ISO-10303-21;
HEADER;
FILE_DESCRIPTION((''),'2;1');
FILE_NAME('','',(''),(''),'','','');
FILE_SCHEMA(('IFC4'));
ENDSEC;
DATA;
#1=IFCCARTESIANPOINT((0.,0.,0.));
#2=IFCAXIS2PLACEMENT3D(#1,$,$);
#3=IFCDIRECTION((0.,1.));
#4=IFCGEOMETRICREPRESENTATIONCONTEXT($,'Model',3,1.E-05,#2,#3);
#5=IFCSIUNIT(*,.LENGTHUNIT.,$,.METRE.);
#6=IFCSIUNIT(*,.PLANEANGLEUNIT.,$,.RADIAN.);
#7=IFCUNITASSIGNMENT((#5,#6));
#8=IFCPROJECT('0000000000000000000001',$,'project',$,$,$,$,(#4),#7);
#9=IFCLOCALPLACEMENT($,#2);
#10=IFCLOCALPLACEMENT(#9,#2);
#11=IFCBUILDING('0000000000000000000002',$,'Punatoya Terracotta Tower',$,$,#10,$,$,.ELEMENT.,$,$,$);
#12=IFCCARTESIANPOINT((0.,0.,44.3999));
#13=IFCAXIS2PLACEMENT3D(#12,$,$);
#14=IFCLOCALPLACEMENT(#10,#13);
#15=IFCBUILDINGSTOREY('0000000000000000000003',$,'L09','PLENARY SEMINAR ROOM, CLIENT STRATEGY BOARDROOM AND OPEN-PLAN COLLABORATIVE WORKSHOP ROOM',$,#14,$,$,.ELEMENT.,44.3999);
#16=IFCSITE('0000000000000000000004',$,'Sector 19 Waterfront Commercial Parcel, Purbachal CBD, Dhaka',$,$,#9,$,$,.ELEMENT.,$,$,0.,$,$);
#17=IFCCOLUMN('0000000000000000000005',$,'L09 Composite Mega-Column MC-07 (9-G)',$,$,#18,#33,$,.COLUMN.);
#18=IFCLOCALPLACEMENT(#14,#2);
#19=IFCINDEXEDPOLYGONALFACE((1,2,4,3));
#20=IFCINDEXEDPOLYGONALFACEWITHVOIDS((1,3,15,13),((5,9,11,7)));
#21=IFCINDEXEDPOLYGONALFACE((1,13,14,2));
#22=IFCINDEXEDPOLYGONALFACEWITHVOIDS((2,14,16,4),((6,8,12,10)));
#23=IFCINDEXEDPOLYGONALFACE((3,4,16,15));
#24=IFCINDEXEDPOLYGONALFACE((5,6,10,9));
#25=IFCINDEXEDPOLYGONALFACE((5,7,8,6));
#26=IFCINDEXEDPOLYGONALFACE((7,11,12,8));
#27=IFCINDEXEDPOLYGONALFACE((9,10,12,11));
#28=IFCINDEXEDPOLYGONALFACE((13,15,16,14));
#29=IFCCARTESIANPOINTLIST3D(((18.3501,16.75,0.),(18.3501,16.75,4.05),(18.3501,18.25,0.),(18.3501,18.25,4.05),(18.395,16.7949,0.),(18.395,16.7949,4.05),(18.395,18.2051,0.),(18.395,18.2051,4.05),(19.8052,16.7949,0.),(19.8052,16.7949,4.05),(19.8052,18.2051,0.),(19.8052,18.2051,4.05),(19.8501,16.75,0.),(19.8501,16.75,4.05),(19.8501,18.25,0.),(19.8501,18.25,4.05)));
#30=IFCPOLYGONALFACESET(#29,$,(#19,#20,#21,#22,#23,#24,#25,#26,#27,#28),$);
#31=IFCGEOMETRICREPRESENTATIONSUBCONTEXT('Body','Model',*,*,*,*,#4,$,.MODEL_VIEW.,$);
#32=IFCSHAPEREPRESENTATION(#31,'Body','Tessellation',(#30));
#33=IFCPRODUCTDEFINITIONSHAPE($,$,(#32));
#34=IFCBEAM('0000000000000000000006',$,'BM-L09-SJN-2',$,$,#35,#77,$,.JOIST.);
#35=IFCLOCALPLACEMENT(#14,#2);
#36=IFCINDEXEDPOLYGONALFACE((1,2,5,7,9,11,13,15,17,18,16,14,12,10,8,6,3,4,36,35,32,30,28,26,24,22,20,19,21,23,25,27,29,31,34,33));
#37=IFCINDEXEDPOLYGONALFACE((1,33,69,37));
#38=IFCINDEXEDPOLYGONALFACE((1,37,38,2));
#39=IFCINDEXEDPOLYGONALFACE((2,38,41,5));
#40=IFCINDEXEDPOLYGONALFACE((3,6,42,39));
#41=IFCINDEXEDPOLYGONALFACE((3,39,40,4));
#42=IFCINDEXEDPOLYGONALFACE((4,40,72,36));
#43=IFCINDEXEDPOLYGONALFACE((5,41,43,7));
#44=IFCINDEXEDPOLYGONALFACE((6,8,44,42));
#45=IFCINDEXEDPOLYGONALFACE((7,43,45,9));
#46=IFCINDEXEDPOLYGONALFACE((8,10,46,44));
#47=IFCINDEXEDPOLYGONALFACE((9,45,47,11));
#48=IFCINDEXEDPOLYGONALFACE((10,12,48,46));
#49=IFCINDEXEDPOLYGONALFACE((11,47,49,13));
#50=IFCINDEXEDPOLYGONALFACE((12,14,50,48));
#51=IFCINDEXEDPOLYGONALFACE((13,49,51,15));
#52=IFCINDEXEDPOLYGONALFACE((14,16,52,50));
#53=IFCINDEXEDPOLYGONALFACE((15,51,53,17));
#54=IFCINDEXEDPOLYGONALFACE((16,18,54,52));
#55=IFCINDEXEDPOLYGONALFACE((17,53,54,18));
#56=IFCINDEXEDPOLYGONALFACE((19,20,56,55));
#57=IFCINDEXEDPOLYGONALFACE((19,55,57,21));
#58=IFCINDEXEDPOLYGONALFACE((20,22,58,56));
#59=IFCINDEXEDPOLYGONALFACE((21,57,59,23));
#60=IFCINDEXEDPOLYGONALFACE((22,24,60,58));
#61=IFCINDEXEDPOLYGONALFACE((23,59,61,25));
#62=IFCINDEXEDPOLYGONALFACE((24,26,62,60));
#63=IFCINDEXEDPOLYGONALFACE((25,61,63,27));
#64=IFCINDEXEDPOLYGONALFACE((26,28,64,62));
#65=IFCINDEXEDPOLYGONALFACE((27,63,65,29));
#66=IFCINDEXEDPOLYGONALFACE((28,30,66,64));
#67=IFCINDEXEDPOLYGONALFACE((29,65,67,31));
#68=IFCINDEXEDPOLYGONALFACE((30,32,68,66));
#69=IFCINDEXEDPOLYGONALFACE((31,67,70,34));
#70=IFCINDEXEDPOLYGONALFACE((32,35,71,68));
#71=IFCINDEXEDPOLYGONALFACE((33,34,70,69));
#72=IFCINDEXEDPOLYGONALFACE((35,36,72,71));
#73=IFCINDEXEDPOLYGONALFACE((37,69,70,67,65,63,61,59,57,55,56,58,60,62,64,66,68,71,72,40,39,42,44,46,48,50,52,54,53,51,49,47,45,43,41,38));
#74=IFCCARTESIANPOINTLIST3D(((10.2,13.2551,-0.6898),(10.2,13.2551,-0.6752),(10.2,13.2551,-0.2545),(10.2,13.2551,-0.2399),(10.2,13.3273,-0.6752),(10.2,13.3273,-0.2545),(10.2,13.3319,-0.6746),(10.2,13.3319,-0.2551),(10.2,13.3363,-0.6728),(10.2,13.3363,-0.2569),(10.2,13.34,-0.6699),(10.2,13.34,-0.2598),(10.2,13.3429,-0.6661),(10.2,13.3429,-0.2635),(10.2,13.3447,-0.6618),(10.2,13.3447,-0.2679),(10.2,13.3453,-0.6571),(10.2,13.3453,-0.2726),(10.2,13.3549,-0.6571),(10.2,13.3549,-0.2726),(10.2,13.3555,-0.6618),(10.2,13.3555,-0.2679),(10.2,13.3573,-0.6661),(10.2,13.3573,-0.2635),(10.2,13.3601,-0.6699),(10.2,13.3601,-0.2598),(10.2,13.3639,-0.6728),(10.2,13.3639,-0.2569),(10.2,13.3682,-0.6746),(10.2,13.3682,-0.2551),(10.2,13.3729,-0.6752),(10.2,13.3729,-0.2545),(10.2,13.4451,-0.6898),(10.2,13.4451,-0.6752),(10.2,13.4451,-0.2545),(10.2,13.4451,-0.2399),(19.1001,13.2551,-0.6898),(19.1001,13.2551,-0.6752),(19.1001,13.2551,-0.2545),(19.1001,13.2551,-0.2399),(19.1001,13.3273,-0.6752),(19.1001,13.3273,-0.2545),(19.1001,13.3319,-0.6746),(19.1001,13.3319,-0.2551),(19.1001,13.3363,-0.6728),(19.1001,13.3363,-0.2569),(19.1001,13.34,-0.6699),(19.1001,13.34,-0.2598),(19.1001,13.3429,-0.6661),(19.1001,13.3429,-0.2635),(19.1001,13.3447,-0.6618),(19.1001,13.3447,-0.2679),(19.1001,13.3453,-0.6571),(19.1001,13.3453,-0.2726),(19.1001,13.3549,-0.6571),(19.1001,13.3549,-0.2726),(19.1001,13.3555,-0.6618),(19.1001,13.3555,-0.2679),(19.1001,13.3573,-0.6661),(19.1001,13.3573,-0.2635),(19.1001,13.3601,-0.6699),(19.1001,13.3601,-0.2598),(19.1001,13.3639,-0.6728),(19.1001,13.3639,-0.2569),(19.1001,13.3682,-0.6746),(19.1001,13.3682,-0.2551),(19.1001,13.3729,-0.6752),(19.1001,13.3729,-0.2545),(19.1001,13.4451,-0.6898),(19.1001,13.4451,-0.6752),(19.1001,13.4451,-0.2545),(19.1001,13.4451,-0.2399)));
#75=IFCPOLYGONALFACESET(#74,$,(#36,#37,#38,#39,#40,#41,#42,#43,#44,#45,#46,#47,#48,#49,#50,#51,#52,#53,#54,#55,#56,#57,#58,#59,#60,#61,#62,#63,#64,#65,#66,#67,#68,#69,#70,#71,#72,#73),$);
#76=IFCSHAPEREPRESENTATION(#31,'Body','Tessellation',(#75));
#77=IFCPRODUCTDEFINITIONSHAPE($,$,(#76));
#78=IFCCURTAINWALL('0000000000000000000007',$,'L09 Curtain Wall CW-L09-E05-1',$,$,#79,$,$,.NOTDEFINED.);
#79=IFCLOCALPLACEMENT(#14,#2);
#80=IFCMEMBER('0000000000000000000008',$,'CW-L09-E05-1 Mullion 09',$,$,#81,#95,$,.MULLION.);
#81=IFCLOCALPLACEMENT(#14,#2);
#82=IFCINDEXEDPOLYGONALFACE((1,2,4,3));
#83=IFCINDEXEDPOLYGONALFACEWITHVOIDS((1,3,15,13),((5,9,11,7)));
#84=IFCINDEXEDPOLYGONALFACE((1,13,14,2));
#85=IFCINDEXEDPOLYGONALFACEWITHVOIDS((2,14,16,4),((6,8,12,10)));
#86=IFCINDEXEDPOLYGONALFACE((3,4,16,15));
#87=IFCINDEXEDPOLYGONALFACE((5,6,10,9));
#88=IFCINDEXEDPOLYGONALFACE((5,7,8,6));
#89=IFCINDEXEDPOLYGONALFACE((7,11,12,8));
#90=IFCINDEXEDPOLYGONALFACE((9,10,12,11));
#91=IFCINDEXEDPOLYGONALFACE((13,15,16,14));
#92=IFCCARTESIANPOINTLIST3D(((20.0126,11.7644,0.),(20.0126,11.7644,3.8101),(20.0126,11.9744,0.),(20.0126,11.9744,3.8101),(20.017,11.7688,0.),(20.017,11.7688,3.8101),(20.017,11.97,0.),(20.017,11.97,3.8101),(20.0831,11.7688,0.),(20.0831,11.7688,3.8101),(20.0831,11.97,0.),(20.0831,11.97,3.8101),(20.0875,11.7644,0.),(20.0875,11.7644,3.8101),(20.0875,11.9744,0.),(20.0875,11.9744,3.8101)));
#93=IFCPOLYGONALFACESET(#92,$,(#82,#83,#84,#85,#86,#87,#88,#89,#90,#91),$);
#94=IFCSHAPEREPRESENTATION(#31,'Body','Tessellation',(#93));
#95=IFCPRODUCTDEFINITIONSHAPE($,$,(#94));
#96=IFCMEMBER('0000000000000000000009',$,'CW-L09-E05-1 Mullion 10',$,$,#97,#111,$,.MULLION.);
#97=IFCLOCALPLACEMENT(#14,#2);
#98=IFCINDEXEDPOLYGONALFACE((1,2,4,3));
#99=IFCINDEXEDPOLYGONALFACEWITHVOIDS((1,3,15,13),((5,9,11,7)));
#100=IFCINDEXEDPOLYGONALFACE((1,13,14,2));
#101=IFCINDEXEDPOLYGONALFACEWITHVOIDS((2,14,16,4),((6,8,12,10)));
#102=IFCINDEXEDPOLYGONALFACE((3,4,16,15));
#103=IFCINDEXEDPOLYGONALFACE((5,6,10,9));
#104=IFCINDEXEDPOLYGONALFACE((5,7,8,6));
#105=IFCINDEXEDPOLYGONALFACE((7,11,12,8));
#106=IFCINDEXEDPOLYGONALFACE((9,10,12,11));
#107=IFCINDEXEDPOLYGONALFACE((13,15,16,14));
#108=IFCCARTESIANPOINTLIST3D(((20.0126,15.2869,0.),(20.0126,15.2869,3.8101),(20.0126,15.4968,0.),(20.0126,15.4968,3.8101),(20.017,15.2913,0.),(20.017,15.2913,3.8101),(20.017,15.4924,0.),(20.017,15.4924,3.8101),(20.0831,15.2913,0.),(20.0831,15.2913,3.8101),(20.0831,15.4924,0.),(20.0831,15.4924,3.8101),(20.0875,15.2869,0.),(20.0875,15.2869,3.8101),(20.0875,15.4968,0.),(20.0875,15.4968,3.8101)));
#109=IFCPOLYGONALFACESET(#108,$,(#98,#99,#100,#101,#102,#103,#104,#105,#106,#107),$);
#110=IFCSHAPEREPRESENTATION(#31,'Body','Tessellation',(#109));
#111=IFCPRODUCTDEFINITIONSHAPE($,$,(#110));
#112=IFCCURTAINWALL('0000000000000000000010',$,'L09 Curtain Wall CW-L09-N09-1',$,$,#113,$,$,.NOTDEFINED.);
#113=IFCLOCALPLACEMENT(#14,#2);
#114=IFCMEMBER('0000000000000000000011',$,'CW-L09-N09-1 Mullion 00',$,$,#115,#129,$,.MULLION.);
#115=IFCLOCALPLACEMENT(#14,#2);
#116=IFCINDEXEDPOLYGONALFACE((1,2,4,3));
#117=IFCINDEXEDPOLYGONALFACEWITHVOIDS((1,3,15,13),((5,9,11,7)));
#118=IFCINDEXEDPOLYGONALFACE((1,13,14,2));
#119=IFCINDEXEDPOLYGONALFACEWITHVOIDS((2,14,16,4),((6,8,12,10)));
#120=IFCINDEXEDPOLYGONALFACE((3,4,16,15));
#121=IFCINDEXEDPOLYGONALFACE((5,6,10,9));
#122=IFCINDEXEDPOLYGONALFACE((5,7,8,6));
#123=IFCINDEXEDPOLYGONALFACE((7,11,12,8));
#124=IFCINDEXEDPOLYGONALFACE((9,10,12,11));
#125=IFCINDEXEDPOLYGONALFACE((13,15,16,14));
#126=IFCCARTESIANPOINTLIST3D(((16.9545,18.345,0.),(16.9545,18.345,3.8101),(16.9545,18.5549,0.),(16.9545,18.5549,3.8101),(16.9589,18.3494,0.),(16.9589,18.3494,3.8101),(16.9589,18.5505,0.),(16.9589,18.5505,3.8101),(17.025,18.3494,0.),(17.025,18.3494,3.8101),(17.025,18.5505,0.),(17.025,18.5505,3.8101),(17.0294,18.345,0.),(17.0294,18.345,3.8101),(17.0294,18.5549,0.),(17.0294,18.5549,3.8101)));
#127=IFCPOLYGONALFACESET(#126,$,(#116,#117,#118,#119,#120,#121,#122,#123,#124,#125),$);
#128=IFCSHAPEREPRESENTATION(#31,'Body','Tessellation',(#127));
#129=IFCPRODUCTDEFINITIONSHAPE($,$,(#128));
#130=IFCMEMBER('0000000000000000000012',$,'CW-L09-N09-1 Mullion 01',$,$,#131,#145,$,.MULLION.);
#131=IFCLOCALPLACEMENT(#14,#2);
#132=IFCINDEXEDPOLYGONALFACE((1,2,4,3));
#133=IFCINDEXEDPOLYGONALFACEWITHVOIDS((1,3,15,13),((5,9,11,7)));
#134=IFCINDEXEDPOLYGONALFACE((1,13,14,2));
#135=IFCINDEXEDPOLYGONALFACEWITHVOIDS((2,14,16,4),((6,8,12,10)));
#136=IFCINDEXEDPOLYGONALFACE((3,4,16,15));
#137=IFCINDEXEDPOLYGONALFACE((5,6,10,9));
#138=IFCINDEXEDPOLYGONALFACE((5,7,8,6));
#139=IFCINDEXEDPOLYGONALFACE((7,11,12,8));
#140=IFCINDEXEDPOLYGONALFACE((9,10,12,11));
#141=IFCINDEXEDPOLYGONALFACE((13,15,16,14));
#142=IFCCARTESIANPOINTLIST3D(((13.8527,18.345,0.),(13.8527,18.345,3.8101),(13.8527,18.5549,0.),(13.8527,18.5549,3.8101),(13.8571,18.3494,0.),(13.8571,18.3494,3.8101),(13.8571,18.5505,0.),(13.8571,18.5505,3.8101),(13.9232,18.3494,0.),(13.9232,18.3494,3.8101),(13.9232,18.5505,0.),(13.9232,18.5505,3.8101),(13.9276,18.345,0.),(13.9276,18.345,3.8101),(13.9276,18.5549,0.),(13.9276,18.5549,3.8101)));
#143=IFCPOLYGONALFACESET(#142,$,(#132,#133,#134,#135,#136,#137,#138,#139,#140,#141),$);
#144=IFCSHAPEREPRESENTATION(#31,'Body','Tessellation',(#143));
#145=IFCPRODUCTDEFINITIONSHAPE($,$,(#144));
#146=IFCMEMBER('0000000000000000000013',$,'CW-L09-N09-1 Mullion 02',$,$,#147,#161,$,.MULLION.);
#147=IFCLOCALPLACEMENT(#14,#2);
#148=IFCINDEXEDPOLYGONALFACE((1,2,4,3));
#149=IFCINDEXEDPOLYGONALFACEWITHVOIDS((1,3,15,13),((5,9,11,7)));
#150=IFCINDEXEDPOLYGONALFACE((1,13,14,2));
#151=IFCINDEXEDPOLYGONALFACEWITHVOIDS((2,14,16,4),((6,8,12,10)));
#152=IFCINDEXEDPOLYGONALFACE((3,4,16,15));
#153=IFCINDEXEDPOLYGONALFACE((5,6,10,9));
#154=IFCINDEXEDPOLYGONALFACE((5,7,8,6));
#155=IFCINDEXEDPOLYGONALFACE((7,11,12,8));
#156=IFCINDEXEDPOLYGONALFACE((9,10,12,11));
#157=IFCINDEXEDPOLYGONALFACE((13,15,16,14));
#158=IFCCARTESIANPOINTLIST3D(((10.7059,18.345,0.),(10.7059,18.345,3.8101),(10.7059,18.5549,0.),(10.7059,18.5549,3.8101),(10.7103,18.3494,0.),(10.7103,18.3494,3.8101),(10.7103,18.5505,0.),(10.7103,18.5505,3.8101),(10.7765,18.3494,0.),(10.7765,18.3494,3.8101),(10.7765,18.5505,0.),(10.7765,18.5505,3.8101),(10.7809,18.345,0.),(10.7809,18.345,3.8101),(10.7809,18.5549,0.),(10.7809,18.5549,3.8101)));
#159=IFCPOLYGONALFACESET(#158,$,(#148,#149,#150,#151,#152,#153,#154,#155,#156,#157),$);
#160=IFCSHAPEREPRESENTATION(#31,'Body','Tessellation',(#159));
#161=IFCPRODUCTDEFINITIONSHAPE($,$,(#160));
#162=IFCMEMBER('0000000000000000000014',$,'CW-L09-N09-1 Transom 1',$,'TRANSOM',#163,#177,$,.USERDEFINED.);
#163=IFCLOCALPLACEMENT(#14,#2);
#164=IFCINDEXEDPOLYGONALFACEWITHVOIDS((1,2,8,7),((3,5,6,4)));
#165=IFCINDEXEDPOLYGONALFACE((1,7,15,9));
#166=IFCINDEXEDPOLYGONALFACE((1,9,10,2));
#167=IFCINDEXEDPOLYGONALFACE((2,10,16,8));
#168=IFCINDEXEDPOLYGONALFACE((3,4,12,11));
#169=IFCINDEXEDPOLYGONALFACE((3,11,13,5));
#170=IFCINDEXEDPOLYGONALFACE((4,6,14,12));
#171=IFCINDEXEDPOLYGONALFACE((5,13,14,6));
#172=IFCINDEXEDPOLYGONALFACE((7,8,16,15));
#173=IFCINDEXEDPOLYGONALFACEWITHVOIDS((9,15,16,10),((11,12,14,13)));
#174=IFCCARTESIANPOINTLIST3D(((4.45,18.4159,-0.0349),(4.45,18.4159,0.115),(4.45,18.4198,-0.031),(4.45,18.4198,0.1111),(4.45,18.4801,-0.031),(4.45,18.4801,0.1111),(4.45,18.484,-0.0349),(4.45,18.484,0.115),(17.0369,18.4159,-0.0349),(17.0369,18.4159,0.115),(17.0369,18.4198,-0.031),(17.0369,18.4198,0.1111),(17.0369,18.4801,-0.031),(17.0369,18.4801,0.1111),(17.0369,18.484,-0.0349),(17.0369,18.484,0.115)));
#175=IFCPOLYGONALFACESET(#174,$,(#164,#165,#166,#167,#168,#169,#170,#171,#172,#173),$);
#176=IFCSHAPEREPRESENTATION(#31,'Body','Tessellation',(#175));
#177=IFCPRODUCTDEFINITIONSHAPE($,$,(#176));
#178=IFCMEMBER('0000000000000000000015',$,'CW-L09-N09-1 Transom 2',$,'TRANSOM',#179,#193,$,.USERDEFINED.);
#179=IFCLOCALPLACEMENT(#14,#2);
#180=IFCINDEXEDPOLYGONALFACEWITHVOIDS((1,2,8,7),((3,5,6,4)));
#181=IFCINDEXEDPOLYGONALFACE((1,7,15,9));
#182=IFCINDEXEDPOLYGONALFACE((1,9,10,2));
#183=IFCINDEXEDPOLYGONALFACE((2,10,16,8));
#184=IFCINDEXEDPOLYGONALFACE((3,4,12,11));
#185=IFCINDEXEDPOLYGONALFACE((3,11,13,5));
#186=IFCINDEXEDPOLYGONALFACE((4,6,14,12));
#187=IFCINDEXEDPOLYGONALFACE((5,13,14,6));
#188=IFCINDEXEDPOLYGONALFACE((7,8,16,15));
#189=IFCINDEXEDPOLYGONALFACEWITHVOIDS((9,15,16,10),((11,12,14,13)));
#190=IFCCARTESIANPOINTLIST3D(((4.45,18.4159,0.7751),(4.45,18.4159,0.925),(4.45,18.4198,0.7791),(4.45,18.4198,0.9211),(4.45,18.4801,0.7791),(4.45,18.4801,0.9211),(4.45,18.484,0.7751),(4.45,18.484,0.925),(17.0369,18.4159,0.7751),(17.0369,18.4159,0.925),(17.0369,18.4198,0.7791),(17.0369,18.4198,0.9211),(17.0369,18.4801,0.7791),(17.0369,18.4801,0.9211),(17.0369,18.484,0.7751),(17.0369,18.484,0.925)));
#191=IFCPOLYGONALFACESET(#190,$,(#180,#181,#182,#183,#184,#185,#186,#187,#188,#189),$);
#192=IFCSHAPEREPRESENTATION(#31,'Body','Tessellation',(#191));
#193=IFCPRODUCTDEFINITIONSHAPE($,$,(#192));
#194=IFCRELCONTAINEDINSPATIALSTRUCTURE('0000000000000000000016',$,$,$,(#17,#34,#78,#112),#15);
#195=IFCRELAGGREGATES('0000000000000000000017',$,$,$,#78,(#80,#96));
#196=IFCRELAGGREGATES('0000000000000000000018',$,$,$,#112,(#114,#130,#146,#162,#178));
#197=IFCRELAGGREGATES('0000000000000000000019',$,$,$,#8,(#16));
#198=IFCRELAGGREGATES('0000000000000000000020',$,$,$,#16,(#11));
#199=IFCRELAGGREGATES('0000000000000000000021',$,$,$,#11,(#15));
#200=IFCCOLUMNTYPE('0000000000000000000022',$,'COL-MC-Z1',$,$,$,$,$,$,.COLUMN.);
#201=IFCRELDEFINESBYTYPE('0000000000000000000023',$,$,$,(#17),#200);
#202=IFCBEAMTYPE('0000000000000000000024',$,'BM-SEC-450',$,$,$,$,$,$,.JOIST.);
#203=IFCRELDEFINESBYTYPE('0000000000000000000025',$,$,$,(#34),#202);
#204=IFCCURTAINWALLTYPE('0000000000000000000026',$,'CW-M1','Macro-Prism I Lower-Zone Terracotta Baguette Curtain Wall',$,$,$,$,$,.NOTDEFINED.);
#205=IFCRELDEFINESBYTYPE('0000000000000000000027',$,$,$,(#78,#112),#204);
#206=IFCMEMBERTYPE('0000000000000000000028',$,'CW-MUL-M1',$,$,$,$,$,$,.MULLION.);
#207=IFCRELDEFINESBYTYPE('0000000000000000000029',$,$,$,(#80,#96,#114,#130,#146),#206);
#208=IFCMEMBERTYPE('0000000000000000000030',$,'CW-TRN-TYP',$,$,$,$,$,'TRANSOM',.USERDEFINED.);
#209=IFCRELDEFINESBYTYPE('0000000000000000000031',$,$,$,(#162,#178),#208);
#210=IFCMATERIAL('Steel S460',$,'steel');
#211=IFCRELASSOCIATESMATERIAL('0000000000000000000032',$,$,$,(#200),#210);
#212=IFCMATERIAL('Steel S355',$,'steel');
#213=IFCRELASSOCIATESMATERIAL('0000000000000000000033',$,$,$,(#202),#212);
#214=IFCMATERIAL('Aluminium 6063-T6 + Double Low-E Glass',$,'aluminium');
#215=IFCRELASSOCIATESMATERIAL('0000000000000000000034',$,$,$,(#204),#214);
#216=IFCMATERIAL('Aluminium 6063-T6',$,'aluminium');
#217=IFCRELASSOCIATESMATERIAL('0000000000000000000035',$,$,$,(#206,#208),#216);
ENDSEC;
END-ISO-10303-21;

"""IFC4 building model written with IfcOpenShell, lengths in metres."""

from ifc_helpers import new_model, si_unit, direction, frame, origin, origin_2d, place, context, subcontext, project, spatial, hollow_rectangle, i_section, extrude, material, material_profile, profile_set, type_object, element, aggregate, save


model = new_model("IFC4")

# Units and contexts
model_context = context("Model", 3, precision=1e-05, world=origin(), true_north=direction((0.0, 1.0)))
body_context = subcontext(model_context, "Body", "Model", "MODEL_VIEW")
ifc_project = project(units=[si_unit("LENGTHUNIT", "METRE"), si_unit("PLANEANGLEUNIT", "RADIAN")], contexts=[model_context])

# Site, building, storey
site_placement = place(None, origin())
site = spatial("IfcSite", under=ifc_project, at=site_placement, Name="Sector 19 Waterfront Commercial Parcel, Purbachal CBD, Dhaka", CompositionType="ELEMENT", RefElevation=0.0)
building_placement = place(site_placement, origin())
building = spatial("IfcBuilding", under=site, at=building_placement, Name="Punatoya Terracotta Tower", CompositionType="ELEMENT")
storey_placement = place(building_placement, frame((0.0, 0.0, 44.3999)))
storey = spatial("IfcBuildingStorey", under=building, at=storey_placement, Name="L09", Description="PLENARY SEMINAR ROOM, CLIENT STRATEGY BOARDROOM AND OPEN-PLAN COLLABORATIVE WORKSHOP ROOM", CompositionType="ELEMENT", Elevation=44.3999)

# Column
ifc_material_1 = material(Name="Steel S460", Category="steel")
ifc_material_profile_1 = material_profile(ifc_material_1, hollow_rectangle(XDim=1.5, YDim=1.5, WallThickness=0.0449, at=origin_2d()))
ifc_profile_set_1 = profile_set([ifc_material_profile_1], Name="Steel S460")
column_type = type_object("IfcColumnType", Name="COL-MC-Z1", PredefinedType="COLUMN", material=ifc_profile_set_1)
column_placement = place(storey_placement, frame((19.1001, 17.5, 0.0), z_axis=(0.0, 0.0, 1.0), x_axis=(1.0, 0.0, 0.0)))
element("IfcColumn", 1, at=column_placement, inside=storey, type_object=column_type, Name="L09 Composite Mega-Column MC-07 (9-G)", PredefinedType="COLUMN", context=body_context, shape_type="SweptSolid", body=[
    extrude(hollow_rectangle(XDim=1.5, YDim=1.5, WallThickness=0.0449, at=origin_2d()), origin(), (0.0, 0.0, 1.0), 4.05),
])

# Beam
ifc_material_2 = material(Name="Steel S355", Category="steel")
ifc_material_profile_2 = material_profile(ifc_material_2, i_section(OverallWidth=0.1899, OverallDepth=0.45, WebThickness=0.0095, FlangeThickness=0.0146, FilletRadius=0.0181, at=origin_2d()))
ifc_profile_set_2 = profile_set([ifc_material_profile_2], Name="Steel S355")
beam_type = type_object("IfcBeamType", Name="BM-SEC-450", PredefinedType="JOIST", material=ifc_profile_set_2)
beam_placement = place(storey_placement, frame((10.2, 13.3501, -0.4648), z_axis=(1.0, 0.0, 0.0), x_axis=(0.0, 1.0, 0.0)))
element("IfcBeam", 2, at=beam_placement, inside=storey, type_object=beam_type, Name="BM-L09-SJN-2", PredefinedType="JOIST", context=body_context, shape_type="SweptSolid", body=[
    extrude(i_section(OverallWidth=0.1899, OverallDepth=0.45, WebThickness=0.0095, FlangeThickness=0.0146, FilletRadius=0.0181, at=origin_2d()), origin(), (0.0, 0.0, 1.0), 8.9001),
])

# Curtain walls, members
ifc_material_3 = material(Name="Aluminium 6063-T6 + Double Low-E Glass", Category="aluminium")
curtain_wall_type = type_object("IfcCurtainWallType", Name="CW-M1", Description="Macro-Prism I Lower-Zone Terracotta Baguette Curtain Wall", PredefinedType="NOTDEFINED", material=ifc_material_3)
curtain_wall_1_placement = place(storey_placement, origin())
curtain_wall_1 = element("IfcCurtainWall", 3, at=curtain_wall_1_placement, inside=storey, type_object=curtain_wall_type, Name="L09 Curtain Wall CW-L09-E05-1", PredefinedType="NOTDEFINED")
ifc_material_4 = material(Name="Aluminium 6063-T6", Category="aluminium")
ifc_material_profile_3 = material_profile(ifc_material_4, hollow_rectangle(XDim=0.075, YDim=0.21, WallThickness=0.0044, at=origin_2d()))
ifc_profile_set_3 = profile_set([ifc_material_profile_3], Name="Aluminium 6063-T6")
member_type_1 = type_object("IfcMemberType", Name="CW-MUL-M1", PredefinedType="MULLION", material=ifc_profile_set_3)
member_1_placement = place(storey_placement, frame((20.05, 11.8694, 0.0), z_axis=(0.0, 0.0, 1.0), x_axis=(1.0, 0.0, 0.0)))
member_1 = element("IfcMember", 4, at=member_1_placement, type_object=member_type_1, Name="CW-L09-E05-1 Mullion 09", PredefinedType="MULLION", context=body_context, shape_type="SweptSolid", body=[
    extrude(hollow_rectangle(XDim=0.075, YDim=0.21, WallThickness=0.0044, at=origin_2d()), origin(), (0.0, 0.0, 1.0), 3.8101),
])
member_2_placement = place(storey_placement, frame((20.05, 15.3918, 0.0), z_axis=(0.0, 0.0, 1.0), x_axis=(1.0, 0.0, 0.0)))
member_2 = element("IfcMember", 5, at=member_2_placement, type_object=member_type_1, Name="CW-L09-E05-1 Mullion 10", PredefinedType="MULLION", context=body_context, shape_type="SweptSolid", body=[
    extrude(hollow_rectangle(XDim=0.075, YDim=0.21, WallThickness=0.0044, at=origin_2d()), origin(), (0.0, 0.0, 1.0), 3.8101),
])
curtain_wall_2_placement = place(storey_placement, origin())
curtain_wall_2 = element("IfcCurtainWall", 6, at=curtain_wall_2_placement, inside=storey, type_object=curtain_wall_type, Name="L09 Curtain Wall CW-L09-N09-1", PredefinedType="NOTDEFINED")
member_3_placement = place(storey_placement, frame((16.9919, 18.45, 0.0), z_axis=(0.0, 0.0, 1.0), x_axis=(1.0, 0.0, 0.0)))
member_3 = element("IfcMember", 7, at=member_3_placement, type_object=member_type_1, Name="CW-L09-N09-1 Mullion 00", PredefinedType="MULLION", context=body_context, shape_type="SweptSolid", body=[
    extrude(hollow_rectangle(XDim=0.075, YDim=0.21, WallThickness=0.0044, at=origin_2d()), origin(), (0.0, 0.0, 1.0), 3.8101),
])
member_4_placement = place(storey_placement, frame((13.8901, 18.45, 0.0), z_axis=(0.0, 0.0, 1.0), x_axis=(1.0, 0.0, 0.0)))
member_4 = element("IfcMember", 8, at=member_4_placement, type_object=member_type_1, Name="CW-L09-N09-1 Mullion 01", PredefinedType="MULLION", context=body_context, shape_type="SweptSolid", body=[
    extrude(hollow_rectangle(XDim=0.075, YDim=0.21, WallThickness=0.0044, at=origin_2d()), origin(), (0.0, 0.0, 1.0), 3.8101),
])
member_5_placement = place(storey_placement, frame((10.7434, 18.45, 0.0), z_axis=(0.0, 0.0, 1.0), x_axis=(1.0, 0.0, 0.0)))
member_5 = element("IfcMember", 9, at=member_5_placement, type_object=member_type_1, Name="CW-L09-N09-1 Mullion 02", PredefinedType="MULLION", context=body_context, shape_type="SweptSolid", body=[
    extrude(hollow_rectangle(XDim=0.075, YDim=0.21, WallThickness=0.0044, at=origin_2d()), origin(), (0.0, 0.0, 1.0), 3.8101),
])
ifc_material_profile_4 = material_profile(ifc_material_4, hollow_rectangle(XDim=0.0681, YDim=0.1499, WallThickness=0.0039, at=origin_2d()))
ifc_profile_set_4 = profile_set([ifc_material_profile_4], Name="Aluminium 6063-T6")
member_type_2 = type_object("IfcMemberType", Name="CW-TRN-TYP", ElementType="TRANSOM", PredefinedType="USERDEFINED", material=ifc_profile_set_4)
member_6_placement = place(storey_placement, frame((17.0369, 18.45, 0.04), z_axis=(-1.0, 0.0, 0.0), x_axis=(0.0, -1.0, 0.0)))
member_6 = element("IfcMember", 10, at=member_6_placement, type_object=member_type_2, Name="CW-L09-N09-1 Transom 1", ObjectType="TRANSOM", PredefinedType="USERDEFINED", context=body_context, shape_type="SweptSolid", body=[
    extrude(hollow_rectangle(XDim=0.0681, YDim=0.1499, WallThickness=0.0039, at=origin_2d()), origin(), (0.0, 0.0, 1.0), 12.5869),
])
member_7_placement = place(storey_placement, frame((17.0369, 18.45, 0.8501), z_axis=(-1.0, 0.0, 0.0), x_axis=(0.0, -1.0, 0.0)))
member_7 = element("IfcMember", 11, at=member_7_placement, type_object=member_type_2, Name="CW-L09-N09-1 Transom 2", ObjectType="TRANSOM", PredefinedType="USERDEFINED", context=body_context, shape_type="SweptSolid", body=[
    extrude(hollow_rectangle(XDim=0.0681, YDim=0.1499, WallThickness=0.0039, at=origin_2d()), origin(), (0.0, 0.0, 1.0), 12.5869),
])

aggregate(curtain_wall_1, [member_1, member_2])
aggregate(curtain_wall_2, [member_3, member_4, member_5, member_6, member_7])

save(model, "model.ifc")
